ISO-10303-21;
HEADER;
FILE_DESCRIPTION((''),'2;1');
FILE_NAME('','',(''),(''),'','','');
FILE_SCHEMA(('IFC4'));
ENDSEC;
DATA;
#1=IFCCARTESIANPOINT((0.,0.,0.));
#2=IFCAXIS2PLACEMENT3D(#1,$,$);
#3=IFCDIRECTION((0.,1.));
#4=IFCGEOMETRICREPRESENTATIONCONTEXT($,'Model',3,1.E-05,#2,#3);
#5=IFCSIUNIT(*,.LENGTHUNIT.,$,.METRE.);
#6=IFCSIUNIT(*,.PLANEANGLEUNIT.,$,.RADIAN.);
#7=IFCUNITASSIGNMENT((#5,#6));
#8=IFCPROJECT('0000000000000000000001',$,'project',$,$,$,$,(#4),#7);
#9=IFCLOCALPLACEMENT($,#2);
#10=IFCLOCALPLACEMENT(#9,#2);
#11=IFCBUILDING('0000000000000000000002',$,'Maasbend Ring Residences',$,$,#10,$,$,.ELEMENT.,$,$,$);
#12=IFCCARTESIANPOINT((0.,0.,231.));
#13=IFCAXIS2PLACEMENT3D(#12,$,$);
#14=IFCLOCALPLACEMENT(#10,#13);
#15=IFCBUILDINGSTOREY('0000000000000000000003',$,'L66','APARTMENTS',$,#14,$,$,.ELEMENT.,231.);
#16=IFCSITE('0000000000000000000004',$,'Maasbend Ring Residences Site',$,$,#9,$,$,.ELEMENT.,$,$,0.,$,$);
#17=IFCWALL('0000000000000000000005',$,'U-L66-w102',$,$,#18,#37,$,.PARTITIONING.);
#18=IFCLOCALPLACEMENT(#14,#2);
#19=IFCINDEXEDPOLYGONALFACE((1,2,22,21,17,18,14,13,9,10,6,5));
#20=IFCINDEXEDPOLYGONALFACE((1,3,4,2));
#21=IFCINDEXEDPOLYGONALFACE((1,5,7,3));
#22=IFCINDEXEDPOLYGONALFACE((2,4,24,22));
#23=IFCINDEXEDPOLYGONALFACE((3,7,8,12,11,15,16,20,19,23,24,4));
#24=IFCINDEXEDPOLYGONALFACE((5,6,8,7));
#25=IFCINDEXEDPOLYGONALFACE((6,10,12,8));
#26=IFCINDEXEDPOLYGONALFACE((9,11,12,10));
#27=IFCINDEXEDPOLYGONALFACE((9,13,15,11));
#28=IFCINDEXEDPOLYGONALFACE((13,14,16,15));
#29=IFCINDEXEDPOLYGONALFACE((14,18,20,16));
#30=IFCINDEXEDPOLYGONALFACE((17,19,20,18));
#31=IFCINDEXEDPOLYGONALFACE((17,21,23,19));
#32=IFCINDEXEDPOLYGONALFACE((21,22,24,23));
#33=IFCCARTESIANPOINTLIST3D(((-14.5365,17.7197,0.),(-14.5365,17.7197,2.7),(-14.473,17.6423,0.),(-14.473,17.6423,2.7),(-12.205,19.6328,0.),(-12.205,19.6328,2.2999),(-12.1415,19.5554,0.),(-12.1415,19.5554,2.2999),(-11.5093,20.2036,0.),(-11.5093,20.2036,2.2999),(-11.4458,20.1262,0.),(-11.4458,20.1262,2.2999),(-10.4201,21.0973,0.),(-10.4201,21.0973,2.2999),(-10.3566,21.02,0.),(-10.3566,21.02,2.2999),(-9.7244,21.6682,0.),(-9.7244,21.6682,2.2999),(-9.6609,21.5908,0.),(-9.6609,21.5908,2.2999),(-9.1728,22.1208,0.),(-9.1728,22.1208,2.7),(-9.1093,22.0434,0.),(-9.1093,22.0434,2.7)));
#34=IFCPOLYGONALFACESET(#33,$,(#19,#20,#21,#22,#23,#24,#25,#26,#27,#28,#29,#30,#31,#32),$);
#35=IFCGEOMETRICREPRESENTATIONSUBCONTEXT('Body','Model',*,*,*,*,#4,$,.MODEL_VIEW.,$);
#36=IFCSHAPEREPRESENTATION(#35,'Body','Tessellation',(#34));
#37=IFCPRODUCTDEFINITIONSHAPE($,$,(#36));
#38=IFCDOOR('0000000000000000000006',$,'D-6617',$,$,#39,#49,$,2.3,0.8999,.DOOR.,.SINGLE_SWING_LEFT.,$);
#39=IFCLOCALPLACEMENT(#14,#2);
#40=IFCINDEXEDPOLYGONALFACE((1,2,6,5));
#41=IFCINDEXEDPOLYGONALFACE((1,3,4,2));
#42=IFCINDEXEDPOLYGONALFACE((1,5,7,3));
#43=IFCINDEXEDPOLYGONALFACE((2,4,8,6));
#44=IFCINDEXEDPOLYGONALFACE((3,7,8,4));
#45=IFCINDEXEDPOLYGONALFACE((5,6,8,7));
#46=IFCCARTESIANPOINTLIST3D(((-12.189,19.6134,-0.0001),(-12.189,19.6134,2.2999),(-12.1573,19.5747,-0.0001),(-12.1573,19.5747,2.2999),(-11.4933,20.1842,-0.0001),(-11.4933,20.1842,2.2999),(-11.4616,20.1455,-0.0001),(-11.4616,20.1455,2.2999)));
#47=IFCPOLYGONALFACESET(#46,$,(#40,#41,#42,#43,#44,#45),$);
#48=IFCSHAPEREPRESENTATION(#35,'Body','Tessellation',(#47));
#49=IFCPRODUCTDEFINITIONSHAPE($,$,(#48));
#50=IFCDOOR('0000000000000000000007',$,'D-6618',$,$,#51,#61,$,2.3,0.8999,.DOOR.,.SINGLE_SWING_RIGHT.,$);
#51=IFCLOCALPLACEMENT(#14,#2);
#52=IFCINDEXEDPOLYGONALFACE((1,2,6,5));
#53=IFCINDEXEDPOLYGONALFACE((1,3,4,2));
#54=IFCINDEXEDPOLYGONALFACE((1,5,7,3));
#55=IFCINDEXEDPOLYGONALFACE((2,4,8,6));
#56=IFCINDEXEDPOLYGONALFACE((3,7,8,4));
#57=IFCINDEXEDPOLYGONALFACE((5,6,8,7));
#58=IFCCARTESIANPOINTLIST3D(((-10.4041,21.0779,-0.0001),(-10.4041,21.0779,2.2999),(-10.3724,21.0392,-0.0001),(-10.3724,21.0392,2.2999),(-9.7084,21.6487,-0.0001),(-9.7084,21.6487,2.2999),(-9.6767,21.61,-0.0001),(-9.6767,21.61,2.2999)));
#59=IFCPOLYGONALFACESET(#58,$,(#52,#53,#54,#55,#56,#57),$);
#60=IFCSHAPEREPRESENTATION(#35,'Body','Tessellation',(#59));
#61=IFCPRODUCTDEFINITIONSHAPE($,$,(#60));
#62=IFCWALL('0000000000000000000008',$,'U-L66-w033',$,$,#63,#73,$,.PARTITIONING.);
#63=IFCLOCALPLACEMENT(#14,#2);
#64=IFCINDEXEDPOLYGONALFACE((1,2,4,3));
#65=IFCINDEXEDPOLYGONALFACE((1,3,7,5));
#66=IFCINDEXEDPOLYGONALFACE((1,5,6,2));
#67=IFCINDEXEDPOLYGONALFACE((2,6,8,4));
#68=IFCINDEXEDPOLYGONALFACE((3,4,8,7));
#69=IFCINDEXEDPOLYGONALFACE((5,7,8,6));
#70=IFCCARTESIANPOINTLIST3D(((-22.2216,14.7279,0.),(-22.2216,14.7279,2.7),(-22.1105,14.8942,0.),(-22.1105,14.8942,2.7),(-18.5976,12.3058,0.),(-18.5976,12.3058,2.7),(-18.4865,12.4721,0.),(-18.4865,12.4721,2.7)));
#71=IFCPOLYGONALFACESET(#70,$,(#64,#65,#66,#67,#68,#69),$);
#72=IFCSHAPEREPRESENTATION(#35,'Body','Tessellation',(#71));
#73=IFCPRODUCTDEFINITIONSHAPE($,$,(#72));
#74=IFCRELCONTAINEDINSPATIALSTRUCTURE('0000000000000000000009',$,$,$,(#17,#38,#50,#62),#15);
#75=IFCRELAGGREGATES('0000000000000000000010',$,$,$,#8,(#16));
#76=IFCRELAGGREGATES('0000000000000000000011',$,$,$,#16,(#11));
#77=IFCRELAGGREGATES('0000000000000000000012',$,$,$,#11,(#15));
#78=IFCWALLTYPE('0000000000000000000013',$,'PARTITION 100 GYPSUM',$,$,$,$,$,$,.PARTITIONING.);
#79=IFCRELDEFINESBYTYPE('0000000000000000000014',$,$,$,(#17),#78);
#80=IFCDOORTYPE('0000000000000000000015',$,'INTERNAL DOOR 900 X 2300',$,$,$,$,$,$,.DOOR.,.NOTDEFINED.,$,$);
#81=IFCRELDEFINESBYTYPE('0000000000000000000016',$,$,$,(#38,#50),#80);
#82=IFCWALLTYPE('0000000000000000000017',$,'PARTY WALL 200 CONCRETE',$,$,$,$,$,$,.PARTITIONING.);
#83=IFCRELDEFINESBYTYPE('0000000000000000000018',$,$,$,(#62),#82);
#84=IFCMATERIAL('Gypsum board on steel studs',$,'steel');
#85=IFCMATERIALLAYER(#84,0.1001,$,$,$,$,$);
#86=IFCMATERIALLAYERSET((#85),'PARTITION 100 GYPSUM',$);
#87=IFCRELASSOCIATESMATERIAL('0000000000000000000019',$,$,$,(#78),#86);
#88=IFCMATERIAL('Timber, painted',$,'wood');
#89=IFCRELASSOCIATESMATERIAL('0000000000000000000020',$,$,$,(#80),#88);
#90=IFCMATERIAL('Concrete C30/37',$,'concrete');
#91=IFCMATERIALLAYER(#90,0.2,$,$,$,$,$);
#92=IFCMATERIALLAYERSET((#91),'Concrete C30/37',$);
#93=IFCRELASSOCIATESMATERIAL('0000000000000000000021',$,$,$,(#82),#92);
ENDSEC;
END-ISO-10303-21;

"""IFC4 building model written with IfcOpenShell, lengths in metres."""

from ifc_helpers import new_model, si_unit, direction, frame, frame_2d, origin, place, context, subcontext, project, spatial, rectangle, extrude, material, layer, layer_set, type_object, element, fill, save


model = new_model("IFC4")

# Units and contexts
model_context = context("Model", 3, precision=1e-05, world=origin(), true_north=direction((0.0, 1.0)))
body_context = subcontext(model_context, "Body", "Model", "MODEL_VIEW")
ifc_project = project(units=[si_unit("LENGTHUNIT", "METRE"), si_unit("PLANEANGLEUNIT", "RADIAN")], contexts=[model_context])

# Site, building, storey
site_placement = place(None, origin())
site = spatial("IfcSite", under=ifc_project, at=site_placement, Name="Maasbend Ring Residences Site", CompositionType="ELEMENT", RefElevation=0.0)
building_placement = place(site_placement, origin())
building = spatial("IfcBuilding", under=site, at=building_placement, Name="Maasbend Ring Residences", CompositionType="ELEMENT")
storey_placement = place(building_placement, frame((0.0, 0.0, 231.0)))
storey = spatial("IfcBuildingStorey", under=building, at=storey_placement, Name="L66", Description="APARTMENTS", CompositionType="ELEMENT", Elevation=231.0)

# Shared definitions
ifc_material_1 = material(Name="Gypsum board on steel studs", Category="steel")
ifc_layer_1 = layer(ifc_material_1, 0.1001)
ifc_layer_set_1 = layer_set([ifc_layer_1], Name="PARTITION 100 GYPSUM")
wall_type_1 = type_object("IfcWallType", Name="PARTITION 100 GYPSUM", PredefinedType="PARTITIONING", material=ifc_layer_set_1)

# Shared definitions
ifc_material_2 = material(Name="Timber, painted", Category="wood")
door_type_1 = type_object("IfcDoorType", Name="INTERNAL DOOR 900 X 2300", OperationType="NOTDEFINED", PredefinedType="DOOR", material=ifc_material_2)

# Wall, openings, doors
wall_1_placement = place(storey_placement, frame((-14.5049, 17.6809, 0.0), z_axis=(0.0, 0.0, 1.0), x_axis=(0.773068, 0.634324, 0.0)))
wall_1 = element("IfcWall", 1, at=wall_1_placement, inside=storey, type_object=wall_type_1, Name="U-L66-w102", PredefinedType="PARTITIONING", context=body_context, shape_type="SweptSolid", body=[
    extrude(rectangle(XDim=6.9382, YDim=0.1001, at=frame_2d((3.4692, 0.0))), origin(), (0.0, 0.0, 1.0), 2.7),
])
opening_1_placement = place(wall_1_placement, frame((3.0161, 0.0, 0.0)))
opening_1 = element("IfcOpeningElement", 2, at=opening_1_placement, cuts=wall_1, PredefinedType="OPENING", context=body_context, shape_type="SweptSolid", body=[
    extrude(rectangle(XDim=0.8999, YDim=2.3, at=frame_2d((0.45, 1.1499))), frame((0.0, 0.0601, 0.0), z_axis=(0.0, -1.0, 0.0), x_axis=(1.0, 0.0, 0.0)), (0.0, 0.0, 1.0), 0.1201),
])
opening_2_placement = place(wall_1_placement, frame((5.325, 0.0, 0.0)))
opening_2 = element("IfcOpeningElement", 3, at=opening_2_placement, cuts=wall_1, PredefinedType="OPENING", context=body_context, shape_type="SweptSolid", body=[
    extrude(rectangle(XDim=0.8999, YDim=2.3, at=frame_2d((0.45, 1.1499))), frame((0.0, 0.0601, 0.0), z_axis=(0.0, -1.0, 0.0), x_axis=(1.0, 0.0, 0.0)), (0.0, 0.0, 1.0), 0.1201),
])
door_1_placement = place(opening_1_placement, origin())
door_1 = element("IfcDoor", 4, at=door_1_placement, inside=storey, type_object=door_type_1, Name="D-6617", OperationType="SINGLE_SWING_LEFT", OverallHeight=2.3, OverallWidth=0.8999, PredefinedType="DOOR", context=body_context, shape_type="SweptSolid", body=[
    extrude(rectangle(XDim=0.8999, YDim=2.3, at=frame_2d((0.45, 1.1499))), frame((0.0, 0.0249, 0.0), z_axis=(0.0, -1.0, 0.0), x_axis=(1.0, 0.0, 0.0)), (0.0, 0.0, 1.0), 0.05),
])
fill(opening_1, door_1)
door_2_placement = place(opening_2_placement, origin())
door_2 = element("IfcDoor", 5, at=door_2_placement, inside=storey, type_object=door_type_1, Name="D-6618", OperationType="SINGLE_SWING_RIGHT", OverallHeight=2.3, OverallWidth=0.8999, PredefinedType="DOOR", context=body_context, shape_type="SweptSolid", body=[
    extrude(rectangle(XDim=0.8999, YDim=2.3, at=frame_2d((0.45, 1.1499))), frame((0.0, 0.0249, 0.0), z_axis=(0.0, -1.0, 0.0), x_axis=(1.0, 0.0, 0.0)), (0.0, 0.0, 1.0), 0.05),
])
fill(opening_2, door_2)

# Wall
ifc_material_3 = material(Name="Concrete C30/37", Category="concrete")
ifc_layer_2 = layer(ifc_material_3, 0.2)
ifc_layer_set_2 = layer_set([ifc_layer_2], Name="Concrete C30/37")
wall_type_2 = type_object("IfcWallType", Name="PARTY WALL 200 CONCRETE", PredefinedType="PARTITIONING", material=ifc_layer_set_2)
wall_2_placement = place(storey_placement, frame((-22.166, 14.811, 0.0), z_axis=(0.0, 0.0, 1.0), x_axis=(0.831403, -0.555669, 0.0)))
element("IfcWall", 6, at=wall_2_placement, inside=storey, type_object=wall_type_2, Name="U-L66-w033", PredefinedType="PARTITIONING", context=body_context, shape_type="SweptSolid", body=[
    extrude(rectangle(XDim=4.3589, YDim=0.2, at=frame_2d((2.1794, 0.0))), origin(), (0.0, 0.0, 1.0), 2.7),
])

save(model, "model.ifc")
